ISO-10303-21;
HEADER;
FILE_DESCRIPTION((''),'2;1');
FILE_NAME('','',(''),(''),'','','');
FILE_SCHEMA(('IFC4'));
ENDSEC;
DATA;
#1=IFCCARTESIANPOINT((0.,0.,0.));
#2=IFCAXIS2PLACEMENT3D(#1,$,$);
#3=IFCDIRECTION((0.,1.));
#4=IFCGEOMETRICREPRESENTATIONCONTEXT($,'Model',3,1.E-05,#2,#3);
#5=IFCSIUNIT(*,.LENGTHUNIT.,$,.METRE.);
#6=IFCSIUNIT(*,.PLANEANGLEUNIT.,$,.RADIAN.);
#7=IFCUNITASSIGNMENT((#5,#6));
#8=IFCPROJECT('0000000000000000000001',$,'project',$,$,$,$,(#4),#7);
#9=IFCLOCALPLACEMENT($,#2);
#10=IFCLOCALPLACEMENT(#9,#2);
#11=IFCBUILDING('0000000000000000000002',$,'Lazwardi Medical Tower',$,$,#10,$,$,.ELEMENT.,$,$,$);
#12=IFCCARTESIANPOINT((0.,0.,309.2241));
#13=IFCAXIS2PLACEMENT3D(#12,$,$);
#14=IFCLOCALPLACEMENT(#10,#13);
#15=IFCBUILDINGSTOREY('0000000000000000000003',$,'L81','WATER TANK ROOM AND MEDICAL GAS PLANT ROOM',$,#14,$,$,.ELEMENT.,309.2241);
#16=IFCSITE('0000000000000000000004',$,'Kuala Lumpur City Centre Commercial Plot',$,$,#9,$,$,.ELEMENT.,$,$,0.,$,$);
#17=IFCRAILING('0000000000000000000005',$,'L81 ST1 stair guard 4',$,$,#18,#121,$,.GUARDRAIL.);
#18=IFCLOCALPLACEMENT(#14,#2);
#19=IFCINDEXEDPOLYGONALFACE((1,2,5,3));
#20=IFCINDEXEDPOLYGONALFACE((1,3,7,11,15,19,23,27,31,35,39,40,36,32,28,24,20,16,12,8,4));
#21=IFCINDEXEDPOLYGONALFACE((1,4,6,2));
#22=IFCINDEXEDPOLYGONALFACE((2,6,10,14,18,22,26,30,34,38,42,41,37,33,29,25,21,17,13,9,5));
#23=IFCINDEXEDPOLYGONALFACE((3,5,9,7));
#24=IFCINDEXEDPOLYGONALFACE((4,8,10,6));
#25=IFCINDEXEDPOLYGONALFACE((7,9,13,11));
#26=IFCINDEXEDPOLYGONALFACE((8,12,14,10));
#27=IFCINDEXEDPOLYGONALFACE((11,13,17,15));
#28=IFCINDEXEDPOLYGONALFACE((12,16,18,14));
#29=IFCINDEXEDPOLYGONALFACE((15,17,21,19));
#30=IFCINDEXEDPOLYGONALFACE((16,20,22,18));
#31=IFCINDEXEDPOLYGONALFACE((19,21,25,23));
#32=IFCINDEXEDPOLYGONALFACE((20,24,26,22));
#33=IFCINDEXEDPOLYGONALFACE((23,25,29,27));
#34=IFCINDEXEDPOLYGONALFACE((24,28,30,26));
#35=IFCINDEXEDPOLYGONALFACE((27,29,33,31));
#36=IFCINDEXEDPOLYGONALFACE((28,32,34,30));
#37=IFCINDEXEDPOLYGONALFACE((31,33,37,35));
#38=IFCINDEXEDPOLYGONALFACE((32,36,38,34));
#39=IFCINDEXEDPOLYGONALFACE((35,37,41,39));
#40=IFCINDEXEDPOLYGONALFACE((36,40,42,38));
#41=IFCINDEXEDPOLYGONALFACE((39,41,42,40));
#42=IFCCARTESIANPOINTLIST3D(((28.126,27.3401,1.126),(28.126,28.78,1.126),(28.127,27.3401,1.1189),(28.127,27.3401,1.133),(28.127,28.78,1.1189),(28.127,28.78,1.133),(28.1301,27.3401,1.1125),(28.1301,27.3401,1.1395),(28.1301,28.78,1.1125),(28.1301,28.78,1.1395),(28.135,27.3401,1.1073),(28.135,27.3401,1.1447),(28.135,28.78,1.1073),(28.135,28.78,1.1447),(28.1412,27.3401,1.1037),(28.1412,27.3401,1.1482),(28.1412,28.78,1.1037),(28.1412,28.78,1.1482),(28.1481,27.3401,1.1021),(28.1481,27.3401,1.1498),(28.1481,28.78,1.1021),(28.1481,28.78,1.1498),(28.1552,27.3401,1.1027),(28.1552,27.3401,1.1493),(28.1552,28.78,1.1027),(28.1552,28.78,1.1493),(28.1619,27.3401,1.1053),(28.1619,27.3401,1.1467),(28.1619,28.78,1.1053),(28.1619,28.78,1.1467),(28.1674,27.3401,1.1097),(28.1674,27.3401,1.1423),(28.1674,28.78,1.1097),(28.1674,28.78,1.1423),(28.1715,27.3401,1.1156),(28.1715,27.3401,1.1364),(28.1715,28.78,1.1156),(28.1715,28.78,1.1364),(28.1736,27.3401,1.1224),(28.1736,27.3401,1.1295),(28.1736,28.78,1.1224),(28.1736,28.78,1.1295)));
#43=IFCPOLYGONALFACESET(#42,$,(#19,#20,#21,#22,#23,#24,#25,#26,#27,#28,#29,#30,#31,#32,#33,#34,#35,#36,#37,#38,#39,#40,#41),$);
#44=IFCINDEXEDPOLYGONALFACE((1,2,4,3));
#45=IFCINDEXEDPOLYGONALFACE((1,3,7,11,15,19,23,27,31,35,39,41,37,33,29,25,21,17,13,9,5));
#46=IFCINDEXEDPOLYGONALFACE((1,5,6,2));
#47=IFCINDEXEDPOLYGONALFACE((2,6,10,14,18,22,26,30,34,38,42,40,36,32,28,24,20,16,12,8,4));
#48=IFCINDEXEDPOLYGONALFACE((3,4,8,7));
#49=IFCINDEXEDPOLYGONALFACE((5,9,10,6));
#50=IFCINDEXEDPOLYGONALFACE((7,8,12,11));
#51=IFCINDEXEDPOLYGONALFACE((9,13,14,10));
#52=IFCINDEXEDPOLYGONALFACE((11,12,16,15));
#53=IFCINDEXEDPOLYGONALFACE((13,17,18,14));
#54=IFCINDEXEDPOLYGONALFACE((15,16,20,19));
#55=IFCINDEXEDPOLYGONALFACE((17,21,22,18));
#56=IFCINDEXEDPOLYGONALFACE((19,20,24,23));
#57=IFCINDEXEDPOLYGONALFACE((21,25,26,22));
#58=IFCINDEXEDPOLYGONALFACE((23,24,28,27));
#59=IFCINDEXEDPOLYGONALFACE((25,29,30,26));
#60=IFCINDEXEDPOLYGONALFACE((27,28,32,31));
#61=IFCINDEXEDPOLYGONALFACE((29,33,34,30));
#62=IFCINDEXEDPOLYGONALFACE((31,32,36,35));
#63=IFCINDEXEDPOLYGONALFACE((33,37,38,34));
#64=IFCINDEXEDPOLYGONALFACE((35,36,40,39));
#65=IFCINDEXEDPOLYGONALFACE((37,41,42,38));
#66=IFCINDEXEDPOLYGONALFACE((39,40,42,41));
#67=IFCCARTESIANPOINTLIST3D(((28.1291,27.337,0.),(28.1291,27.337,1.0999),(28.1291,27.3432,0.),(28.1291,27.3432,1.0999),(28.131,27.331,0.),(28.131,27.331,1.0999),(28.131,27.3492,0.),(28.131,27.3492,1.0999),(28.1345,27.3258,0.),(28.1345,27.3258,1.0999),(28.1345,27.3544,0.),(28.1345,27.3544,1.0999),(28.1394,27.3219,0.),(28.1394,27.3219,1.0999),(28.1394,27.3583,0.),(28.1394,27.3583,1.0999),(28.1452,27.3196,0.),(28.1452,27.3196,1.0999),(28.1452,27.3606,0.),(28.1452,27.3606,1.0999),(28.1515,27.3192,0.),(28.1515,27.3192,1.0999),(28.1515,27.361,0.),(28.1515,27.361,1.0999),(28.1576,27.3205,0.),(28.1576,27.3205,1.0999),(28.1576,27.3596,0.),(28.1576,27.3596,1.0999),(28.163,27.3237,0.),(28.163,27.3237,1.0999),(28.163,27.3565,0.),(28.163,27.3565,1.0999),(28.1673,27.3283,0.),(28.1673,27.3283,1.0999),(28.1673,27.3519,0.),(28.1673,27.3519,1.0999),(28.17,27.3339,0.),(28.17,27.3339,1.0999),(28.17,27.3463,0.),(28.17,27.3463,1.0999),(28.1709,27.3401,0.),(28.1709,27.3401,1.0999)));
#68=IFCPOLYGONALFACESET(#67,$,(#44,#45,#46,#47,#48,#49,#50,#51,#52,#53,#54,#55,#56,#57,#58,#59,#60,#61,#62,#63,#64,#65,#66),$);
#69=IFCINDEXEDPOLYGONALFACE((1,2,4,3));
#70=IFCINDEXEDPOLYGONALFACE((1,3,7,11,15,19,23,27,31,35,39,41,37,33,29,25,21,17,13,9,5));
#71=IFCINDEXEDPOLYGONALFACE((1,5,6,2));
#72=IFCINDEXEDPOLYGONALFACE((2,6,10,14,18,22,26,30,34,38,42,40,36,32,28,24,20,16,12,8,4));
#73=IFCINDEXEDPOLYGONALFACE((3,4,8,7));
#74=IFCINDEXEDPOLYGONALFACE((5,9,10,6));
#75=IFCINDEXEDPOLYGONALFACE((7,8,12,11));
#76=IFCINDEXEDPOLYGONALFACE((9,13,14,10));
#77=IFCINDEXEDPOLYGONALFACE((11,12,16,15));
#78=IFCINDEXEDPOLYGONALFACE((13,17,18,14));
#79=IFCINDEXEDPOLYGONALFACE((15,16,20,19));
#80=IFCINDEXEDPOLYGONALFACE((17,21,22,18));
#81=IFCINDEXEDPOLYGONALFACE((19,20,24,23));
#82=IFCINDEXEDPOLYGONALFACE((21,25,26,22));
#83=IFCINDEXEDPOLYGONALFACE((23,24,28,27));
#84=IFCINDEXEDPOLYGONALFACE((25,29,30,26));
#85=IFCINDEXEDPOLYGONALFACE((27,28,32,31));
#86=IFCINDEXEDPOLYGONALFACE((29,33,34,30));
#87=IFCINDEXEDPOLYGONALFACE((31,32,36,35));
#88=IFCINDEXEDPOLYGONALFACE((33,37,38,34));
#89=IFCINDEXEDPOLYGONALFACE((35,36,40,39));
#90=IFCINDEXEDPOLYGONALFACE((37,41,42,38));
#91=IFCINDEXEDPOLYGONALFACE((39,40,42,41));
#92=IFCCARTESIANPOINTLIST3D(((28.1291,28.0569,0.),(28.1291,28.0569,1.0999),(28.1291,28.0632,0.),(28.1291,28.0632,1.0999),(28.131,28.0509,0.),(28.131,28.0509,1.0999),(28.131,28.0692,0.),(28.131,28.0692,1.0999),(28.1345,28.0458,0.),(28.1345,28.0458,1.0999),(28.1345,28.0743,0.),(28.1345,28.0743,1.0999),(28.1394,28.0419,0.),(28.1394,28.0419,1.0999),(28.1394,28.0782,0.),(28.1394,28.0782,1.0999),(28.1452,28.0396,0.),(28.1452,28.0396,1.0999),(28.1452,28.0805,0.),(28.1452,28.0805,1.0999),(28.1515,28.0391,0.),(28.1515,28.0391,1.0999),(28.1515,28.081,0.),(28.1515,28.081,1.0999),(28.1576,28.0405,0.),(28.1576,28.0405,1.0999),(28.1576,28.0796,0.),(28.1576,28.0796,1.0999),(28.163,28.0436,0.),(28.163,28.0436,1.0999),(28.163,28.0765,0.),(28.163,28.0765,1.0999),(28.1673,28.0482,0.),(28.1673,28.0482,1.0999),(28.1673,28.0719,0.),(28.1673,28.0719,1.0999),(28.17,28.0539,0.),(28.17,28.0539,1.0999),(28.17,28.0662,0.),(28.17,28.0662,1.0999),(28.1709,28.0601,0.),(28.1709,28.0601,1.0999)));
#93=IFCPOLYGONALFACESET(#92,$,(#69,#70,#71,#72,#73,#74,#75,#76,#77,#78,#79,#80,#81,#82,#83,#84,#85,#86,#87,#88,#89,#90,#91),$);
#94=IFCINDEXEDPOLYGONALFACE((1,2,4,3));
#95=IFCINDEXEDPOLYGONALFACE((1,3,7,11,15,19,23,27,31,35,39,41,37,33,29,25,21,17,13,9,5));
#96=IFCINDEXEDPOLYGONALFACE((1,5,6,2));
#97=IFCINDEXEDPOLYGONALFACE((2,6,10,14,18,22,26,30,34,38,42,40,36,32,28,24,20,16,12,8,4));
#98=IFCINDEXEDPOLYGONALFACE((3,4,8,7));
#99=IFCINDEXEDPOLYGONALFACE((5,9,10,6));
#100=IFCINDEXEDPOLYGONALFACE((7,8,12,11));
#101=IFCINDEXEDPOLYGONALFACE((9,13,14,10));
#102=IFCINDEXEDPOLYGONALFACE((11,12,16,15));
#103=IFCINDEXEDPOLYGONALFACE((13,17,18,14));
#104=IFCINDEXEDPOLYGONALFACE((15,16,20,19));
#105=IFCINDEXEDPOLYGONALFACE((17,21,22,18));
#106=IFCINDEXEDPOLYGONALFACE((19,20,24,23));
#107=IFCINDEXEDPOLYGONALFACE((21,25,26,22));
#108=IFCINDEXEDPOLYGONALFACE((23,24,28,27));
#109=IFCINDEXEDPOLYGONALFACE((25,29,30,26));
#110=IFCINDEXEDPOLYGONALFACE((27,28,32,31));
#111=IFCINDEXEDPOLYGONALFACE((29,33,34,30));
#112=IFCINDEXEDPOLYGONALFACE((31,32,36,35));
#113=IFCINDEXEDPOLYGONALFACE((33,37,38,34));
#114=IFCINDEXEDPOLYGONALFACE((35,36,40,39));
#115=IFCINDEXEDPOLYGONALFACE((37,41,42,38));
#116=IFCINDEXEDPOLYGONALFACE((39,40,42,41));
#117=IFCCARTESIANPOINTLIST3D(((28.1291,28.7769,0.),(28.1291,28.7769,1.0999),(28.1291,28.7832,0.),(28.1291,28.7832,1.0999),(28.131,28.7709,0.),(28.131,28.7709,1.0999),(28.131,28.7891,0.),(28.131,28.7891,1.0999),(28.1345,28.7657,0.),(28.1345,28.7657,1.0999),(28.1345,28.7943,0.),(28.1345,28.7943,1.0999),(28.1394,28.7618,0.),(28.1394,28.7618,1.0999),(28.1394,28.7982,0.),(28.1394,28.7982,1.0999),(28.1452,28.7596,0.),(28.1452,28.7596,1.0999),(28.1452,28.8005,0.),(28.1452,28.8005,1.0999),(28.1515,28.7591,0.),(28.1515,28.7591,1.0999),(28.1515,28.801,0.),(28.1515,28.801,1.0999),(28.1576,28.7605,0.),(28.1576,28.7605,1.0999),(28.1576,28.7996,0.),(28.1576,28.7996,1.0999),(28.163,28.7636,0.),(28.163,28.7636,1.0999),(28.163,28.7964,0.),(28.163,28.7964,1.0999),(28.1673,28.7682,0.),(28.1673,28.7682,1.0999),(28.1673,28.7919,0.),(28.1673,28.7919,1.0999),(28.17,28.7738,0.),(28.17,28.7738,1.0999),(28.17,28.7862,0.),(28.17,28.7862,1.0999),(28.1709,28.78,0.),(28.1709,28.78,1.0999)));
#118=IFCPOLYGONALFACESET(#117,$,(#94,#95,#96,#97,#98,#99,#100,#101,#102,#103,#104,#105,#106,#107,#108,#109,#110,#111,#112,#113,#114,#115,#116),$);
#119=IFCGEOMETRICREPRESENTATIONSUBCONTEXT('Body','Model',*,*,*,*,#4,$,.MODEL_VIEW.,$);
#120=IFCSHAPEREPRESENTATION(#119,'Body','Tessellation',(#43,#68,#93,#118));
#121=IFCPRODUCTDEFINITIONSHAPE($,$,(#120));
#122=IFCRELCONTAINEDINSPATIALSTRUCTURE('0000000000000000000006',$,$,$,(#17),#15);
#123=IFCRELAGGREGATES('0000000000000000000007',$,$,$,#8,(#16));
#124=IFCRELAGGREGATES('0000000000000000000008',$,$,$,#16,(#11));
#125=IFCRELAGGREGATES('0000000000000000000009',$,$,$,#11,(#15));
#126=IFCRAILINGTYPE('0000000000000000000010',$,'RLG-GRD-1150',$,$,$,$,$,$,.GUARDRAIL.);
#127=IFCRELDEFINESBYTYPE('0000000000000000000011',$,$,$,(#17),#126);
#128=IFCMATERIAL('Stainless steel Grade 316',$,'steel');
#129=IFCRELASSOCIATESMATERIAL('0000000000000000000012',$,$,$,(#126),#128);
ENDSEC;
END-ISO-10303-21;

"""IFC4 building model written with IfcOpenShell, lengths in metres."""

from ifc_helpers import new_model, si_unit, direction, frame, origin, origin_2d, place, context, subcontext, project, spatial, circle, extrude, material, type_object, element, save


model = new_model("IFC4")

# Units and contexts
model_context = context("Model", 3, precision=1e-05, world=origin(), true_north=direction((0.0, 1.0)))
body_context = subcontext(model_context, "Body", "Model", "MODEL_VIEW")
ifc_project = project(units=[si_unit("LENGTHUNIT", "METRE"), si_unit("PLANEANGLEUNIT", "RADIAN")], contexts=[model_context])

# Site, building, storey
site_placement = place(None, origin())
site = spatial("IfcSite", under=ifc_project, at=site_placement, Name="Kuala Lumpur City Centre Commercial Plot", CompositionType="ELEMENT", RefElevation=0.0)
building_placement = place(site_placement, origin())
building = spatial("IfcBuilding", under=site, at=building_placement, Name="Lazwardi Medical Tower", CompositionType="ELEMENT")
storey_placement = place(building_placement, frame((0.0, 0.0, 309.2241)))
storey = spatial("IfcBuildingStorey", under=building, at=storey_placement, Name="L81", Description="WATER TANK ROOM AND MEDICAL GAS PLANT ROOM", CompositionType="ELEMENT", Elevation=309.2241)

# Railing
ifc_material_1 = material(Name="Stainless steel Grade 316", Category="steel")
railing_type_1 = type_object("IfcRailingType", Name="RLG-GRD-1150", PredefinedType="GUARDRAIL", material=ifc_material_1)
railing_1_placement = place(storey_placement, frame((28.1499, 27.3401, 0.0)))
element("IfcRailing", 1, at=railing_1_placement, inside=storey, type_object=railing_type_1, Name="L81 ST1 stair guard 4", PredefinedType="GUARDRAIL", context=body_context, shape_type="SweptSolid", body=[
    extrude(circle(Radius=0.0239, at=origin_2d()), frame((0.0, 0.0, 1.126), z_axis=(0.0, 1.0, 0.0), x_axis=(-1.0, 0.0, 0.0)), (0.0, 0.0, 1.0), 1.4399),
    extrude(circle(Radius=0.021, at=origin_2d()), origin(), (0.0, 0.0, 1.0), 1.0999),
    extrude(circle(Radius=0.021, at=origin_2d()), frame((0.0, 0.72, 0.0)), (0.0, 0.0, 1.0), 1.0999),
    extrude(circle(Radius=0.021, at=origin_2d()), frame((0.0, 1.4399, 0.0)), (0.0, 0.0, 1.0), 1.0999),
])

save(model, "model.ifc")
